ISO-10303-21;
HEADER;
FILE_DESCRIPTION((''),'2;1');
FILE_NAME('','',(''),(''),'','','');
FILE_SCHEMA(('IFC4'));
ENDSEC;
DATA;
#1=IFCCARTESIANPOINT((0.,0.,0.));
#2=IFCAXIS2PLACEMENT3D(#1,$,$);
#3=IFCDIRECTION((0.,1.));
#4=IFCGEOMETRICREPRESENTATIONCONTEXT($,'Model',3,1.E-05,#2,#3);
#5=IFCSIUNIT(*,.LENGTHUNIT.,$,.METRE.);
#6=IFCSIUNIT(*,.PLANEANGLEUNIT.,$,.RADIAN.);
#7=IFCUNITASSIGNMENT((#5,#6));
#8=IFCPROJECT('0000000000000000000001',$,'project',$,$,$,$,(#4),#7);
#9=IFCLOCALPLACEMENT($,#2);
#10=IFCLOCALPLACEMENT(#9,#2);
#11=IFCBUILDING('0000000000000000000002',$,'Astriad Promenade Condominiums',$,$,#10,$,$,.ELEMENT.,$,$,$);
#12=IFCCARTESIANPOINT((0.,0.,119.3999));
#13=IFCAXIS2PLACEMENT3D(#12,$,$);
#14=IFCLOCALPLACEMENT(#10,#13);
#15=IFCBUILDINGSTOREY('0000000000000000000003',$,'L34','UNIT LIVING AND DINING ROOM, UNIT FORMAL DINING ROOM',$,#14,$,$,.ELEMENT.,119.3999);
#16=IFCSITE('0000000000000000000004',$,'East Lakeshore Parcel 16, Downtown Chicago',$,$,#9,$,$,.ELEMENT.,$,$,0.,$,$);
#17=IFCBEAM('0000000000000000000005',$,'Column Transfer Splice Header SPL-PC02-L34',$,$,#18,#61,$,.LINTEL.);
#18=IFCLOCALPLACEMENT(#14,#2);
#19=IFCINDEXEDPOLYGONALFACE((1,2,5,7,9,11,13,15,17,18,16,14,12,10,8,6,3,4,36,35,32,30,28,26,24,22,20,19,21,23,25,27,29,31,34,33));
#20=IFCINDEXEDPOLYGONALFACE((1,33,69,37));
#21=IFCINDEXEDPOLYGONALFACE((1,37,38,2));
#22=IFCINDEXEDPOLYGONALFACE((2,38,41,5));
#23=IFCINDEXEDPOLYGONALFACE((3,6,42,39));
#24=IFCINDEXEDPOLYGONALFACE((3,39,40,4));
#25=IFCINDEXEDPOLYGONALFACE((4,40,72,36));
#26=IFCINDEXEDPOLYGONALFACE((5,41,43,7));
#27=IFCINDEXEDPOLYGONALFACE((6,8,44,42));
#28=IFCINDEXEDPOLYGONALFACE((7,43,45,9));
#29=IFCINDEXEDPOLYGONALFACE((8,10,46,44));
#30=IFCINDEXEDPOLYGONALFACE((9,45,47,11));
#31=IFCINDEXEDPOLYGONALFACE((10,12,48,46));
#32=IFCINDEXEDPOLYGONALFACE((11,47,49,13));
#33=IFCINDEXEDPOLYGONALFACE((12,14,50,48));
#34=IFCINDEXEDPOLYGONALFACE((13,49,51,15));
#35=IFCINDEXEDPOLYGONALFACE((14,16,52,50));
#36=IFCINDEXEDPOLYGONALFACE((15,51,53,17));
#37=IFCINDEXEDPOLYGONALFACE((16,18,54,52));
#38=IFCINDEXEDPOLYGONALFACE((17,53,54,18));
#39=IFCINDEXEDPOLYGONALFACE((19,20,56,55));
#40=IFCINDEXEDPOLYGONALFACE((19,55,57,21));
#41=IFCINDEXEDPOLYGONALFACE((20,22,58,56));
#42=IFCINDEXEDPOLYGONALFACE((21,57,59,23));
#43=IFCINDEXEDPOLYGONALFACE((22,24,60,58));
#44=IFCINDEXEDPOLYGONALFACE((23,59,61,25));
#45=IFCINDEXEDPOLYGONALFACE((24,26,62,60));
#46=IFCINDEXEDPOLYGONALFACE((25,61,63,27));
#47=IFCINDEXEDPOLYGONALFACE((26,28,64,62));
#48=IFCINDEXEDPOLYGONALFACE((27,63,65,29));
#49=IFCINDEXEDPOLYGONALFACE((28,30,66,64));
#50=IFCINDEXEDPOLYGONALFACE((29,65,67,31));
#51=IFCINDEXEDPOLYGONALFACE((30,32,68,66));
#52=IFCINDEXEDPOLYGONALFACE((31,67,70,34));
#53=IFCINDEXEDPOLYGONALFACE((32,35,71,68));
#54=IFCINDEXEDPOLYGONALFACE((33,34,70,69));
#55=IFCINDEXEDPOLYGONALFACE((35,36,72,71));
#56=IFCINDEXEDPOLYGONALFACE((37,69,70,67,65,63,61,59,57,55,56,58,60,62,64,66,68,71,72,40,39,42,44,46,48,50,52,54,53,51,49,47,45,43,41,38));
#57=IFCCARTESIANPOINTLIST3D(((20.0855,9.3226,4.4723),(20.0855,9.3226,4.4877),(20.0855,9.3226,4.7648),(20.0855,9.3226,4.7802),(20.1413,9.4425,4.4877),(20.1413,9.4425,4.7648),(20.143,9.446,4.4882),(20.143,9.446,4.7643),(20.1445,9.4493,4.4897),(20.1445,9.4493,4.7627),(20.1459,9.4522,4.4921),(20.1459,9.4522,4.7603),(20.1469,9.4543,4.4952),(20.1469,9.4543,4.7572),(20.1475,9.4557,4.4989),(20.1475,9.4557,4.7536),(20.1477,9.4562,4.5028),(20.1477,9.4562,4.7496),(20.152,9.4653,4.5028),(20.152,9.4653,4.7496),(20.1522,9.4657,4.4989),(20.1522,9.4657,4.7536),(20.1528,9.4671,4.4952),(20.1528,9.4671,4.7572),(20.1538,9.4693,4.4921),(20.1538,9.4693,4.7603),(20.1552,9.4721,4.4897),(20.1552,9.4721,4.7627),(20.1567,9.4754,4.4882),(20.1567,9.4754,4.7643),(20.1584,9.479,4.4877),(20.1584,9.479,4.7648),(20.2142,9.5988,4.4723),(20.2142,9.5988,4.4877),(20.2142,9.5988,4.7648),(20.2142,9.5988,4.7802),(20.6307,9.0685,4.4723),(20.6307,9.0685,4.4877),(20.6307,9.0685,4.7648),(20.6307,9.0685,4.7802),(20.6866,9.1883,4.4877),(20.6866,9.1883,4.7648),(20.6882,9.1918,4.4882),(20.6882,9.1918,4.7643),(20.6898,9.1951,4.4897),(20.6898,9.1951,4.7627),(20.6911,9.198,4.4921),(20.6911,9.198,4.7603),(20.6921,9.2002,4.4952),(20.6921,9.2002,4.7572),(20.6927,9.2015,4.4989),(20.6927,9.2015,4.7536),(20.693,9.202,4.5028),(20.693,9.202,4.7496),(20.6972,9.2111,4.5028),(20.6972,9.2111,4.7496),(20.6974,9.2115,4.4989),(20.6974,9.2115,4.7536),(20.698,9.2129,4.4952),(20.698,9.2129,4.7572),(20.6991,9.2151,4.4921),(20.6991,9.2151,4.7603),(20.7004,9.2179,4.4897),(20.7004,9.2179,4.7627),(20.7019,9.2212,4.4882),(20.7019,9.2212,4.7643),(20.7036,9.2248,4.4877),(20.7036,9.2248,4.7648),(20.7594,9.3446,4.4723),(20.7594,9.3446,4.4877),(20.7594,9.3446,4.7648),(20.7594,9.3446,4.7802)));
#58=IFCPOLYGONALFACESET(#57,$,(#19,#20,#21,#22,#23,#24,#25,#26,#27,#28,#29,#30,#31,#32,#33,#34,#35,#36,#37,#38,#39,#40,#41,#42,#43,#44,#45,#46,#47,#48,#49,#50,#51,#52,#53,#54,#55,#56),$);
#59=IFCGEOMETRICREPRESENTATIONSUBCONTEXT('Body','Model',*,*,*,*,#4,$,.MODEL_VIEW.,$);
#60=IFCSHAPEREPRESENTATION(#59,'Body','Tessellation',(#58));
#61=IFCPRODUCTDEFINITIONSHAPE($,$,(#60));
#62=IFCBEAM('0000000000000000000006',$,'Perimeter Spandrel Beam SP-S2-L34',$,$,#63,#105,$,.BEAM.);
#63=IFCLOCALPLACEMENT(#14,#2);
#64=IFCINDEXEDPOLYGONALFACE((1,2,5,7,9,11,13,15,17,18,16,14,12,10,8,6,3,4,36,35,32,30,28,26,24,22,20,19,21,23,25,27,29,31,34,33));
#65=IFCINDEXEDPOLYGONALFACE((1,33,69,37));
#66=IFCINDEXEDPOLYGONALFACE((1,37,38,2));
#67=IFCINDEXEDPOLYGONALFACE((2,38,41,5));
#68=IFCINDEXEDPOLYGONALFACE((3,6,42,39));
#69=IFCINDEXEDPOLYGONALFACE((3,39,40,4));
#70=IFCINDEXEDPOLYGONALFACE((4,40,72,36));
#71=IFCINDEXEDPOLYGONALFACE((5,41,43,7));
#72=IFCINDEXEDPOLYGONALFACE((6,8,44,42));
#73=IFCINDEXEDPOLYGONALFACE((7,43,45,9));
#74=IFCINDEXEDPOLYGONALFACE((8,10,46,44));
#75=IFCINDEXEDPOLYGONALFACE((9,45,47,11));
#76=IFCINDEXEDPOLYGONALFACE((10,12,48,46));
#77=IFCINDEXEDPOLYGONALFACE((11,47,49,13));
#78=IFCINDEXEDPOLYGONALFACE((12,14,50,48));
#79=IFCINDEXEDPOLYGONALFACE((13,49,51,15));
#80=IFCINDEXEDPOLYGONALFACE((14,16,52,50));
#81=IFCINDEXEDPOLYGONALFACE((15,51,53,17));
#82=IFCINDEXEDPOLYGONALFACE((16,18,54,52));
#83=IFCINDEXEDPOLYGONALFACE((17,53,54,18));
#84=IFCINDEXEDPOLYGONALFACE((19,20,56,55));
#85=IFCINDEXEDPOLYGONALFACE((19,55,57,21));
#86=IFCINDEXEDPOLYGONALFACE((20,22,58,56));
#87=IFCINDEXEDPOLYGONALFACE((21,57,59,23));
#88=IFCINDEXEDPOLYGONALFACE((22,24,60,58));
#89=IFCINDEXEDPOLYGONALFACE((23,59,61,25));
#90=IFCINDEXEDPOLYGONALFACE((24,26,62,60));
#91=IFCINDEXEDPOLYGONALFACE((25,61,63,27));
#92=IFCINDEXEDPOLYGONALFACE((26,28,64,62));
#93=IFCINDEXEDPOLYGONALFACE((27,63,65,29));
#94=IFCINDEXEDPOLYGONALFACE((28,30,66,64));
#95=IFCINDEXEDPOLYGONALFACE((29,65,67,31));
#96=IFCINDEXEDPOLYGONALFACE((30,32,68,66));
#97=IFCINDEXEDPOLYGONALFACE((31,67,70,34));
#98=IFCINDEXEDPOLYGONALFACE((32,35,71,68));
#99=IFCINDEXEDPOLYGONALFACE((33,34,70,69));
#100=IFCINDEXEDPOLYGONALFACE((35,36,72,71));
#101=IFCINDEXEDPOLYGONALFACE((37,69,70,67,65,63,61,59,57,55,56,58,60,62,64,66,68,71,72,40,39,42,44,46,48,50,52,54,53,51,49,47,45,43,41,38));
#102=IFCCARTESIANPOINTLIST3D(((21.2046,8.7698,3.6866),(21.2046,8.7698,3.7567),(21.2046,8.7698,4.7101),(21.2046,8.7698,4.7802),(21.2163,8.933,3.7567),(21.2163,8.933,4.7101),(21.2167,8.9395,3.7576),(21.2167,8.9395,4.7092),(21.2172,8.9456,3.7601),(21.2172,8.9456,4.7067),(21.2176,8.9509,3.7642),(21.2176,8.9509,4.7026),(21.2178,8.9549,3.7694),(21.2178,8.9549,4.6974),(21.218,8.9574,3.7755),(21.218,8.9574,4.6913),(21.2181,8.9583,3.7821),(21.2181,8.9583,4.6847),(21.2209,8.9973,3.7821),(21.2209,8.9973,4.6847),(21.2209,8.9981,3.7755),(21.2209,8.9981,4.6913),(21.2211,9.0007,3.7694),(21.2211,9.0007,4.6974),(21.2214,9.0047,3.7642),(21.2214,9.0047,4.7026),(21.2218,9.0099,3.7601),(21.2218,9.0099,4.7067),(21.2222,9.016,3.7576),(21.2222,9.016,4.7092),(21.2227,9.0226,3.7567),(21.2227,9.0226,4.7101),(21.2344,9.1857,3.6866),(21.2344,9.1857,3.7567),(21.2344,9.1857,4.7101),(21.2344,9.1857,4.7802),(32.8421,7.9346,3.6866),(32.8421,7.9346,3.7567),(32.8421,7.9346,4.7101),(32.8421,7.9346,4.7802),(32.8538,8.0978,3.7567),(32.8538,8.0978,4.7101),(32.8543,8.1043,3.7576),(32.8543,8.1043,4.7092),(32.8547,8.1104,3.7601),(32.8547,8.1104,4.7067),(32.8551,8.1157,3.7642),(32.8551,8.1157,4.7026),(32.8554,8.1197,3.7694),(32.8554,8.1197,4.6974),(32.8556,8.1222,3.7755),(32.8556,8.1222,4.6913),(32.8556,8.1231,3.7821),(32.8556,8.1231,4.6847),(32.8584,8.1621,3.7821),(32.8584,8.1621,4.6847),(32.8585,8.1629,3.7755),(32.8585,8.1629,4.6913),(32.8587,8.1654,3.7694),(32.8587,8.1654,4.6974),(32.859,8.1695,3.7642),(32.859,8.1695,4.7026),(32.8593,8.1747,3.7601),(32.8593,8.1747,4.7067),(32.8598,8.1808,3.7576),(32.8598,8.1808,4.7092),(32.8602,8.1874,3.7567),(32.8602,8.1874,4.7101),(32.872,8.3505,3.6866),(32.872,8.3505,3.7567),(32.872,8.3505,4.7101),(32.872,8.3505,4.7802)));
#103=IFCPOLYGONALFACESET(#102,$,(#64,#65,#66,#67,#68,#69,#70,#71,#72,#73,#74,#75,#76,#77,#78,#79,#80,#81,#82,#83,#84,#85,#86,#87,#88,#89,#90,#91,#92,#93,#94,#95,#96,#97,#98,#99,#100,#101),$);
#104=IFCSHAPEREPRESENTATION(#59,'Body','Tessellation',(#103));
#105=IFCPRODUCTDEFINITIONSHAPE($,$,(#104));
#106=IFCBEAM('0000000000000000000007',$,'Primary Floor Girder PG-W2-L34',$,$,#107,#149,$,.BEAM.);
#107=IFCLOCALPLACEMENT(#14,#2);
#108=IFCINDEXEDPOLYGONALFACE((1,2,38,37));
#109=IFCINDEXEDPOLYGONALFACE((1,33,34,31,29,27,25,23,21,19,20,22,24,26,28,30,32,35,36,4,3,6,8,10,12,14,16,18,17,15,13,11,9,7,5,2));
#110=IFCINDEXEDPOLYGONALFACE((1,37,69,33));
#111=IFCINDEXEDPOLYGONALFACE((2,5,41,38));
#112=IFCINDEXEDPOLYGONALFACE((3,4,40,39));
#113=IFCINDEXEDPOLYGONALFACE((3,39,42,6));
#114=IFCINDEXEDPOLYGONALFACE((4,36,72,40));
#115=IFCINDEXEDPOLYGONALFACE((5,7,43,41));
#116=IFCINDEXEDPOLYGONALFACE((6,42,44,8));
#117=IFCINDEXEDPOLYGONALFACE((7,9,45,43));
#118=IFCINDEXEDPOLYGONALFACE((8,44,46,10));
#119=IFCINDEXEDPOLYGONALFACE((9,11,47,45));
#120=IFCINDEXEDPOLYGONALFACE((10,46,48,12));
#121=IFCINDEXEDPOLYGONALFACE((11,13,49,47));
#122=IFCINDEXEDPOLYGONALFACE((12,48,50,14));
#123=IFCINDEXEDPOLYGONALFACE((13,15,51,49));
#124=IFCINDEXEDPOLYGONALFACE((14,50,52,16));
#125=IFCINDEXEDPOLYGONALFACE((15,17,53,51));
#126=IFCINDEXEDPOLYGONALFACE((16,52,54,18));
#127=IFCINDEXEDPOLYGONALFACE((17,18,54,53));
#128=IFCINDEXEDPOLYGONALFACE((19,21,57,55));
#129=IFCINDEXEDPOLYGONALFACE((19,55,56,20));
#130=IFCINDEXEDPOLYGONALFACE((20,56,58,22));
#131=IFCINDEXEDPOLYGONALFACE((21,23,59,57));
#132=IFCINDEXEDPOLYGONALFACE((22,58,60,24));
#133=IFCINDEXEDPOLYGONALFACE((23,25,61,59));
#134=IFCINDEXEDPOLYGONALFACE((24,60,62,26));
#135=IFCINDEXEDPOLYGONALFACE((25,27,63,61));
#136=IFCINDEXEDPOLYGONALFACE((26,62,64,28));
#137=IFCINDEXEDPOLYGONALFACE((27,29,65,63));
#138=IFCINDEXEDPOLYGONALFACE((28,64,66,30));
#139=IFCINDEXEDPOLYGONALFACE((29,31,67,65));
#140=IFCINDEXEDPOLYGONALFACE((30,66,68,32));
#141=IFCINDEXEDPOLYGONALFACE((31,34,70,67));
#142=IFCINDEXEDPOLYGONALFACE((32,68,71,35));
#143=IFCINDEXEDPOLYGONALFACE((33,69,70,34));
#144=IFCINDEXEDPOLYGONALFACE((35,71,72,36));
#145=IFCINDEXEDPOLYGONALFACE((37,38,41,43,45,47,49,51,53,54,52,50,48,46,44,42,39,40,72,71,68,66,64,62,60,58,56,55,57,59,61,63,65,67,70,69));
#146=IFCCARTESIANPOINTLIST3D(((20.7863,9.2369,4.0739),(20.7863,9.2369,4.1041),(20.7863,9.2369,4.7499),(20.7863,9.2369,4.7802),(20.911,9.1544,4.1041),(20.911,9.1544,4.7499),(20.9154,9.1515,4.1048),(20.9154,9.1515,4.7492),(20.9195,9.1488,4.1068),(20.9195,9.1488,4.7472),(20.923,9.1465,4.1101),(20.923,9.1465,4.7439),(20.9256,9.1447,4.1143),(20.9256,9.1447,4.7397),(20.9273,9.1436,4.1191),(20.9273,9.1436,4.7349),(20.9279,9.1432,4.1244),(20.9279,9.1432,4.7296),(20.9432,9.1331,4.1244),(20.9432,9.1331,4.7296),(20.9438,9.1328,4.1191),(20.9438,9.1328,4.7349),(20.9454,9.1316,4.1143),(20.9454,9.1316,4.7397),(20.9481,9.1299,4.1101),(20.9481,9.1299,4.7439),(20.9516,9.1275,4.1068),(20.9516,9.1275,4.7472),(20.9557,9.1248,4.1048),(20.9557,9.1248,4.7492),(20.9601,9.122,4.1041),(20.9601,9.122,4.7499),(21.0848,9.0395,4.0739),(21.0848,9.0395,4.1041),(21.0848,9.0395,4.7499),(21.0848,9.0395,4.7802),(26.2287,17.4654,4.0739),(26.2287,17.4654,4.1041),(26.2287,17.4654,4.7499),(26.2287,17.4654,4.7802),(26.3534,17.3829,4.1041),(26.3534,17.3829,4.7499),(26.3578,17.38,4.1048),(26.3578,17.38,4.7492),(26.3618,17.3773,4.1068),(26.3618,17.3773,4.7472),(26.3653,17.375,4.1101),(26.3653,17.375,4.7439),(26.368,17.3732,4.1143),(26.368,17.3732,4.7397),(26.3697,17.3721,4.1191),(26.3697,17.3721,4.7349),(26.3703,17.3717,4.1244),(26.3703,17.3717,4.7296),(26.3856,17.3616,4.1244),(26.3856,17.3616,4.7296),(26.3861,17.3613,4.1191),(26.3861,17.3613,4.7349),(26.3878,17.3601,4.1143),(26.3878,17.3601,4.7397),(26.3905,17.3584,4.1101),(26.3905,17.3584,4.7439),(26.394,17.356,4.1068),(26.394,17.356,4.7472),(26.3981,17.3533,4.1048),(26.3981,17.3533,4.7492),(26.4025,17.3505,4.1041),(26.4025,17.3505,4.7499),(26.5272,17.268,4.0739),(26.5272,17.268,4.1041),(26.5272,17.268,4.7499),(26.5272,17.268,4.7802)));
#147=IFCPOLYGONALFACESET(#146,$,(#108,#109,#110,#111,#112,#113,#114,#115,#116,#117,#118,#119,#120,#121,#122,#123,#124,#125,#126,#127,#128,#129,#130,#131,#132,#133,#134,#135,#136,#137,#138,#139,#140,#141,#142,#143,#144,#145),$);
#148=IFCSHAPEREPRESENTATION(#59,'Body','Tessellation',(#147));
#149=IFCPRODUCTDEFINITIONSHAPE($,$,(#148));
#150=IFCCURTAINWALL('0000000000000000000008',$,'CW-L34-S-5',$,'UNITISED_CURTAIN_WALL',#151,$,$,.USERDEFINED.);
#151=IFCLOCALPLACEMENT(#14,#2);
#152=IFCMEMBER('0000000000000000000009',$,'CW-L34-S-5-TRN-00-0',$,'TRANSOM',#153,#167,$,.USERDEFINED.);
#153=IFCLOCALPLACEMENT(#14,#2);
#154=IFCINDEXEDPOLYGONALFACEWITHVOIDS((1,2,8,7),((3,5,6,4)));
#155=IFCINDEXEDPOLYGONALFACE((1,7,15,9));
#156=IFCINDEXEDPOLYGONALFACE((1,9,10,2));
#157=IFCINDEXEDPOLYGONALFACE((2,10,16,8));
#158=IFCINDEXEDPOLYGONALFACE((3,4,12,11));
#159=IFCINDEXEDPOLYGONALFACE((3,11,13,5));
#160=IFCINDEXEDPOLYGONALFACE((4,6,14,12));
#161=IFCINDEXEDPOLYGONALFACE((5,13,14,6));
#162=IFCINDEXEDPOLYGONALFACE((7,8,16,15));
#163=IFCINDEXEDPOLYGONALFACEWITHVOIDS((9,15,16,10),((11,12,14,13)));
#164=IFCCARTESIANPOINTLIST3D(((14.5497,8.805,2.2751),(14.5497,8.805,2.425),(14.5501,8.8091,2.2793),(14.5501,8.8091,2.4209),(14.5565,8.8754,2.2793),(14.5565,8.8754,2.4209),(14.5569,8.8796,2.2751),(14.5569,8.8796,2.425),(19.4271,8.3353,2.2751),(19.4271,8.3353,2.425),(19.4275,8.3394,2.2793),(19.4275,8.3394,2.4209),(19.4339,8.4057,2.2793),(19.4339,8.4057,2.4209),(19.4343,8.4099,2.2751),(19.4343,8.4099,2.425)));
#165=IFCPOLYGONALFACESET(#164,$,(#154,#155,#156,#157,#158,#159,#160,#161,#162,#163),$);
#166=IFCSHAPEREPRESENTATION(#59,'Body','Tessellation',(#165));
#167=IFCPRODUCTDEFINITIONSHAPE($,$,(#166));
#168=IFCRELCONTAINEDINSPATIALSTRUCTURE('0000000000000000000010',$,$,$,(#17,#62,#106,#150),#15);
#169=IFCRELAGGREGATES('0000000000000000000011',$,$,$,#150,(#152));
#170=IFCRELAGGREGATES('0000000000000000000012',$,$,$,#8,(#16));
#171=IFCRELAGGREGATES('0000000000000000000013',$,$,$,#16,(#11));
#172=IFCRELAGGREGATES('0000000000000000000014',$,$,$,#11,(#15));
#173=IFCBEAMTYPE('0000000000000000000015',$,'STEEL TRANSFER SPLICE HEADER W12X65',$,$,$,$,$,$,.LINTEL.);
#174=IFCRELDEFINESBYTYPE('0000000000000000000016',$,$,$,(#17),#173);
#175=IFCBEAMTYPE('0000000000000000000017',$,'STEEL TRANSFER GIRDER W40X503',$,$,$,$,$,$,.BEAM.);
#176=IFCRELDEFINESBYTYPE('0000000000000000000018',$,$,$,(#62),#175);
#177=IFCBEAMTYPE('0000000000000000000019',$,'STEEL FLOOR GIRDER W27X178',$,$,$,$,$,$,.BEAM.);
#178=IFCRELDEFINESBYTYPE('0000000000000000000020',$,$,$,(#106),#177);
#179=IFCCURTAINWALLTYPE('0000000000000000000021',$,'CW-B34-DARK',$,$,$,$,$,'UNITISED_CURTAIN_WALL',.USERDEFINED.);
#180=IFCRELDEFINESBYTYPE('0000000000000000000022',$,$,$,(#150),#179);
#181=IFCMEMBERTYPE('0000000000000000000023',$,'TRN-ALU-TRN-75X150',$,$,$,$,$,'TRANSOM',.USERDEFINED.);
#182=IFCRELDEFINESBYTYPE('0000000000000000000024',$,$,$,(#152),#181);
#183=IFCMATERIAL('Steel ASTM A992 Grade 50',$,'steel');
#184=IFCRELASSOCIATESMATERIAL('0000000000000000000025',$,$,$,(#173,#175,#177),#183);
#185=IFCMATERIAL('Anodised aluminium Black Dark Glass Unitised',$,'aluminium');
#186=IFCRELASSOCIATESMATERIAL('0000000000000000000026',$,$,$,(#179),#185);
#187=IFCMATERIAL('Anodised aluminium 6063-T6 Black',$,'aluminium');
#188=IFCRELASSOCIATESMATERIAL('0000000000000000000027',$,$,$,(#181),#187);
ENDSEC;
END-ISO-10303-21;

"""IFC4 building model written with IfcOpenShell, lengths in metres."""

from ifc_helpers import new_model, si_unit, direction, frame, origin, origin_2d, place, context, subcontext, project, spatial, hollow_rectangle, i_section, extrude, source, transform, mapped, material, material_profile, profile_set, type_object, type_shapes, element, aggregate, save


model = new_model("IFC4")

# Units and contexts
model_context = context("Model", 3, precision=1e-05, world=origin(), true_north=direction((0.0, 1.0)))
body_context = subcontext(model_context, "Body", "Model", "MODEL_VIEW")
ifc_project = project(units=[si_unit("LENGTHUNIT", "METRE"), si_unit("PLANEANGLEUNIT", "RADIAN")], contexts=[model_context])

# Site, building, storey
site_placement = place(None, origin())
site = spatial("IfcSite", under=ifc_project, at=site_placement, Name="East Lakeshore Parcel 16, Downtown Chicago", CompositionType="ELEMENT", RefElevation=0.0)
building_placement = place(site_placement, origin())
building = spatial("IfcBuilding", under=site, at=building_placement, Name="Astriad Promenade Condominiums", CompositionType="ELEMENT")
storey_placement = place(building_placement, frame((0.0, 0.0, 119.3999)))
storey = spatial("IfcBuildingStorey", under=building, at=storey_placement, Name="L34", Description="UNIT LIVING AND DINING ROOM, UNIT FORMAL DINING ROOM", CompositionType="ELEMENT", Elevation=119.3999)

# Beams
ifc_material_1 = material(Name="Steel ASTM A992 Grade 50", Category="steel")
ifc_material_profile_1 = material_profile(ifc_material_1, i_section(OverallWidth=0.3047, OverallDepth=0.3079, WebThickness=0.01, FlangeThickness=0.0154, FilletRadius=0.0151, at=origin_2d()), Name="W12X65")
ifc_profile_set_1 = profile_set([ifc_material_profile_1], Name="Steel ASTM A992 Grade 50")
beam_type_1 = type_object("IfcBeamType", Name="STEEL TRANSFER SPLICE HEADER W12X65", PredefinedType="LINTEL", material=ifc_profile_set_1)
shared_shape_1 = source(origin(), body_context, "Body", "SweptSolid", [
    extrude(i_section(OverallWidth=0.3047, OverallDepth=0.3079, WebThickness=0.01, FlangeThickness=0.0154, FilletRadius=0.0151, at=origin_2d()), origin(), (0.0, 0.0, 1.0), 0.6016),
])
type_shapes(beam_type_1, [shared_shape_1])
beam_1_placement = place(storey_placement, frame((20.6951, 9.2065, 4.6262), z_axis=(-0.906349, 0.42253, 0.0), x_axis=(-0.42253, -0.906349, 0.0)))
element("IfcBeam", 1, at=beam_1_placement, inside=storey, type_object=beam_type_1, Name="Column Transfer Splice Header SPL-PC02-L34", PredefinedType="LINTEL", context=body_context, shape_type="MappedRepresentation", body=[
    mapped(shared_shape_1, transform((0.0, 0.0, 0.0), scale=1.0)),
])
ifc_material_profile_2 = material_profile(ifc_material_1, i_section(OverallWidth=0.417, OverallDepth=1.0935, WebThickness=0.0391, FlangeThickness=0.0701, FilletRadius=0.0254, at=origin_2d()), Name="W40X503")
ifc_profile_set_2 = profile_set([ifc_material_profile_2], Name="Steel ASTM A992 Grade 50")
beam_type_2 = type_object("IfcBeamType", Name="STEEL TRANSFER GIRDER W40X503", PredefinedType="BEAM", material=ifc_profile_set_2)
shared_shape_2 = source(origin(), body_context, "Body", "SweptSolid", [
    extrude(i_section(OverallWidth=0.417, OverallDepth=1.0935, WebThickness=0.0391, FlangeThickness=0.0701, FilletRadius=0.0254, at=origin_2d()), origin(), (0.0, 0.0, 1.0), 11.6675),
])
type_shapes(beam_type_2, [shared_shape_2])
beam_2_placement = place(storey_placement, frame((21.2195, 8.9778, 4.2334), z_axis=(0.997435, -0.071585, 0.0), x_axis=(0.071585, 0.997435, 0.0)))
element("IfcBeam", 2, at=beam_2_placement, inside=storey, type_object=beam_type_2, Name="Perimeter Spandrel Beam SP-S2-L34", PredefinedType="BEAM", context=body_context, shape_type="MappedRepresentation", body=[
    mapped(shared_shape_2, transform((0.0, 0.0, 0.0), scale=1.0)),
])
ifc_material_profile_3 = material_profile(ifc_material_1, i_section(OverallWidth=0.3579, OverallDepth=0.7063, WebThickness=0.0183, FlangeThickness=0.0303, FilletRadius=0.0203, at=origin_2d()), Name="W27X178")
ifc_profile_set_3 = profile_set([ifc_material_profile_3], Name="Steel ASTM A992 Grade 50")
beam_type_3 = type_object("IfcBeamType", Name="STEEL FLOOR GIRDER W27X178", PredefinedType="BEAM", material=ifc_profile_set_3)
shared_shape_3 = source(origin(), body_context, "Body", "SweptSolid", [
    extrude(i_section(OverallWidth=0.3579, OverallDepth=0.7063, WebThickness=0.0183, FlangeThickness=0.0303, FilletRadius=0.0203, at=origin_2d()), origin(), (0.0, 0.0, 1.0), 9.8655),
])
type_shapes(beam_type_3, [shared_shape_3])
beam_3_placement = place(storey_placement, frame((20.9355, 9.1382, 4.427), z_axis=(0.551658, 0.83407, 0.0), x_axis=(-0.83407, 0.551658, 0.0)))
element("IfcBeam", 3, at=beam_3_placement, inside=storey, type_object=beam_type_3, Name="Primary Floor Girder PG-W2-L34", PredefinedType="BEAM", context=body_context, shape_type="MappedRepresentation", body=[
    mapped(shared_shape_3, transform((0.0, 0.0, 0.0), scale=1.0)),
])

# Curtain wall, member
ifc_material_2 = material(Name="Anodised aluminium Black Dark Glass Unitised", Category="aluminium")
curtain_wall_type = type_object("IfcCurtainWallType", Name="CW-B34-DARK", ElementType="UNITISED_CURTAIN_WALL", PredefinedType="USERDEFINED", material=ifc_material_2)
curtain_wall_1_placement = place(storey_placement, origin())
curtain_wall_1 = element("IfcCurtainWall", 4, at=curtain_wall_1_placement, inside=storey, type_object=curtain_wall_type, Name="CW-L34-S-5", ObjectType="UNITISED_CURTAIN_WALL", PredefinedType="USERDEFINED")
ifc_material_3 = material(Name="Anodised aluminium 6063-T6 Black", Category="aluminium")
ifc_material_profile_4 = material_profile(ifc_material_3, hollow_rectangle(XDim=0.075, YDim=0.1499, WallThickness=0.0042, at=origin_2d()), Name="ALU-TRN-75X150")
ifc_profile_set_4 = profile_set([ifc_material_profile_4], Name="Anodised aluminium 6063-T6 Black")
member_type_1 = type_object("IfcMemberType", Name="TRN-ALU-TRN-75X150", ElementType="TRANSOM", PredefinedType="USERDEFINED", material=ifc_profile_set_4)
shared_shape_4 = source(origin(), body_context, "Body", "SweptSolid", [
    extrude(hollow_rectangle(XDim=0.075, YDim=0.1499, WallThickness=0.0042, at=origin_2d()), origin(), (0.0, 0.0, 1.0), 4.8999),
])
type_shapes(member_type_1, [shared_shape_4])
member_1_placement = place(storey_placement, frame((19.4307, 8.3726, 2.3501), z_axis=(-0.995395, 0.095862, 0.0), x_axis=(-0.095862, -0.995395, 0.0)))
member_1 = element("IfcMember", 5, at=member_1_placement, type_object=member_type_1, Name="CW-L34-S-5-TRN-00-0", ObjectType="TRANSOM", PredefinedType="USERDEFINED", context=body_context, shape_type="MappedRepresentation", body=[
    mapped(shared_shape_4, transform((0.0, 0.0, 0.0), scale=1.0)),
])
aggregate(curtain_wall_1, [member_1])

save(model, "model.ifc")
